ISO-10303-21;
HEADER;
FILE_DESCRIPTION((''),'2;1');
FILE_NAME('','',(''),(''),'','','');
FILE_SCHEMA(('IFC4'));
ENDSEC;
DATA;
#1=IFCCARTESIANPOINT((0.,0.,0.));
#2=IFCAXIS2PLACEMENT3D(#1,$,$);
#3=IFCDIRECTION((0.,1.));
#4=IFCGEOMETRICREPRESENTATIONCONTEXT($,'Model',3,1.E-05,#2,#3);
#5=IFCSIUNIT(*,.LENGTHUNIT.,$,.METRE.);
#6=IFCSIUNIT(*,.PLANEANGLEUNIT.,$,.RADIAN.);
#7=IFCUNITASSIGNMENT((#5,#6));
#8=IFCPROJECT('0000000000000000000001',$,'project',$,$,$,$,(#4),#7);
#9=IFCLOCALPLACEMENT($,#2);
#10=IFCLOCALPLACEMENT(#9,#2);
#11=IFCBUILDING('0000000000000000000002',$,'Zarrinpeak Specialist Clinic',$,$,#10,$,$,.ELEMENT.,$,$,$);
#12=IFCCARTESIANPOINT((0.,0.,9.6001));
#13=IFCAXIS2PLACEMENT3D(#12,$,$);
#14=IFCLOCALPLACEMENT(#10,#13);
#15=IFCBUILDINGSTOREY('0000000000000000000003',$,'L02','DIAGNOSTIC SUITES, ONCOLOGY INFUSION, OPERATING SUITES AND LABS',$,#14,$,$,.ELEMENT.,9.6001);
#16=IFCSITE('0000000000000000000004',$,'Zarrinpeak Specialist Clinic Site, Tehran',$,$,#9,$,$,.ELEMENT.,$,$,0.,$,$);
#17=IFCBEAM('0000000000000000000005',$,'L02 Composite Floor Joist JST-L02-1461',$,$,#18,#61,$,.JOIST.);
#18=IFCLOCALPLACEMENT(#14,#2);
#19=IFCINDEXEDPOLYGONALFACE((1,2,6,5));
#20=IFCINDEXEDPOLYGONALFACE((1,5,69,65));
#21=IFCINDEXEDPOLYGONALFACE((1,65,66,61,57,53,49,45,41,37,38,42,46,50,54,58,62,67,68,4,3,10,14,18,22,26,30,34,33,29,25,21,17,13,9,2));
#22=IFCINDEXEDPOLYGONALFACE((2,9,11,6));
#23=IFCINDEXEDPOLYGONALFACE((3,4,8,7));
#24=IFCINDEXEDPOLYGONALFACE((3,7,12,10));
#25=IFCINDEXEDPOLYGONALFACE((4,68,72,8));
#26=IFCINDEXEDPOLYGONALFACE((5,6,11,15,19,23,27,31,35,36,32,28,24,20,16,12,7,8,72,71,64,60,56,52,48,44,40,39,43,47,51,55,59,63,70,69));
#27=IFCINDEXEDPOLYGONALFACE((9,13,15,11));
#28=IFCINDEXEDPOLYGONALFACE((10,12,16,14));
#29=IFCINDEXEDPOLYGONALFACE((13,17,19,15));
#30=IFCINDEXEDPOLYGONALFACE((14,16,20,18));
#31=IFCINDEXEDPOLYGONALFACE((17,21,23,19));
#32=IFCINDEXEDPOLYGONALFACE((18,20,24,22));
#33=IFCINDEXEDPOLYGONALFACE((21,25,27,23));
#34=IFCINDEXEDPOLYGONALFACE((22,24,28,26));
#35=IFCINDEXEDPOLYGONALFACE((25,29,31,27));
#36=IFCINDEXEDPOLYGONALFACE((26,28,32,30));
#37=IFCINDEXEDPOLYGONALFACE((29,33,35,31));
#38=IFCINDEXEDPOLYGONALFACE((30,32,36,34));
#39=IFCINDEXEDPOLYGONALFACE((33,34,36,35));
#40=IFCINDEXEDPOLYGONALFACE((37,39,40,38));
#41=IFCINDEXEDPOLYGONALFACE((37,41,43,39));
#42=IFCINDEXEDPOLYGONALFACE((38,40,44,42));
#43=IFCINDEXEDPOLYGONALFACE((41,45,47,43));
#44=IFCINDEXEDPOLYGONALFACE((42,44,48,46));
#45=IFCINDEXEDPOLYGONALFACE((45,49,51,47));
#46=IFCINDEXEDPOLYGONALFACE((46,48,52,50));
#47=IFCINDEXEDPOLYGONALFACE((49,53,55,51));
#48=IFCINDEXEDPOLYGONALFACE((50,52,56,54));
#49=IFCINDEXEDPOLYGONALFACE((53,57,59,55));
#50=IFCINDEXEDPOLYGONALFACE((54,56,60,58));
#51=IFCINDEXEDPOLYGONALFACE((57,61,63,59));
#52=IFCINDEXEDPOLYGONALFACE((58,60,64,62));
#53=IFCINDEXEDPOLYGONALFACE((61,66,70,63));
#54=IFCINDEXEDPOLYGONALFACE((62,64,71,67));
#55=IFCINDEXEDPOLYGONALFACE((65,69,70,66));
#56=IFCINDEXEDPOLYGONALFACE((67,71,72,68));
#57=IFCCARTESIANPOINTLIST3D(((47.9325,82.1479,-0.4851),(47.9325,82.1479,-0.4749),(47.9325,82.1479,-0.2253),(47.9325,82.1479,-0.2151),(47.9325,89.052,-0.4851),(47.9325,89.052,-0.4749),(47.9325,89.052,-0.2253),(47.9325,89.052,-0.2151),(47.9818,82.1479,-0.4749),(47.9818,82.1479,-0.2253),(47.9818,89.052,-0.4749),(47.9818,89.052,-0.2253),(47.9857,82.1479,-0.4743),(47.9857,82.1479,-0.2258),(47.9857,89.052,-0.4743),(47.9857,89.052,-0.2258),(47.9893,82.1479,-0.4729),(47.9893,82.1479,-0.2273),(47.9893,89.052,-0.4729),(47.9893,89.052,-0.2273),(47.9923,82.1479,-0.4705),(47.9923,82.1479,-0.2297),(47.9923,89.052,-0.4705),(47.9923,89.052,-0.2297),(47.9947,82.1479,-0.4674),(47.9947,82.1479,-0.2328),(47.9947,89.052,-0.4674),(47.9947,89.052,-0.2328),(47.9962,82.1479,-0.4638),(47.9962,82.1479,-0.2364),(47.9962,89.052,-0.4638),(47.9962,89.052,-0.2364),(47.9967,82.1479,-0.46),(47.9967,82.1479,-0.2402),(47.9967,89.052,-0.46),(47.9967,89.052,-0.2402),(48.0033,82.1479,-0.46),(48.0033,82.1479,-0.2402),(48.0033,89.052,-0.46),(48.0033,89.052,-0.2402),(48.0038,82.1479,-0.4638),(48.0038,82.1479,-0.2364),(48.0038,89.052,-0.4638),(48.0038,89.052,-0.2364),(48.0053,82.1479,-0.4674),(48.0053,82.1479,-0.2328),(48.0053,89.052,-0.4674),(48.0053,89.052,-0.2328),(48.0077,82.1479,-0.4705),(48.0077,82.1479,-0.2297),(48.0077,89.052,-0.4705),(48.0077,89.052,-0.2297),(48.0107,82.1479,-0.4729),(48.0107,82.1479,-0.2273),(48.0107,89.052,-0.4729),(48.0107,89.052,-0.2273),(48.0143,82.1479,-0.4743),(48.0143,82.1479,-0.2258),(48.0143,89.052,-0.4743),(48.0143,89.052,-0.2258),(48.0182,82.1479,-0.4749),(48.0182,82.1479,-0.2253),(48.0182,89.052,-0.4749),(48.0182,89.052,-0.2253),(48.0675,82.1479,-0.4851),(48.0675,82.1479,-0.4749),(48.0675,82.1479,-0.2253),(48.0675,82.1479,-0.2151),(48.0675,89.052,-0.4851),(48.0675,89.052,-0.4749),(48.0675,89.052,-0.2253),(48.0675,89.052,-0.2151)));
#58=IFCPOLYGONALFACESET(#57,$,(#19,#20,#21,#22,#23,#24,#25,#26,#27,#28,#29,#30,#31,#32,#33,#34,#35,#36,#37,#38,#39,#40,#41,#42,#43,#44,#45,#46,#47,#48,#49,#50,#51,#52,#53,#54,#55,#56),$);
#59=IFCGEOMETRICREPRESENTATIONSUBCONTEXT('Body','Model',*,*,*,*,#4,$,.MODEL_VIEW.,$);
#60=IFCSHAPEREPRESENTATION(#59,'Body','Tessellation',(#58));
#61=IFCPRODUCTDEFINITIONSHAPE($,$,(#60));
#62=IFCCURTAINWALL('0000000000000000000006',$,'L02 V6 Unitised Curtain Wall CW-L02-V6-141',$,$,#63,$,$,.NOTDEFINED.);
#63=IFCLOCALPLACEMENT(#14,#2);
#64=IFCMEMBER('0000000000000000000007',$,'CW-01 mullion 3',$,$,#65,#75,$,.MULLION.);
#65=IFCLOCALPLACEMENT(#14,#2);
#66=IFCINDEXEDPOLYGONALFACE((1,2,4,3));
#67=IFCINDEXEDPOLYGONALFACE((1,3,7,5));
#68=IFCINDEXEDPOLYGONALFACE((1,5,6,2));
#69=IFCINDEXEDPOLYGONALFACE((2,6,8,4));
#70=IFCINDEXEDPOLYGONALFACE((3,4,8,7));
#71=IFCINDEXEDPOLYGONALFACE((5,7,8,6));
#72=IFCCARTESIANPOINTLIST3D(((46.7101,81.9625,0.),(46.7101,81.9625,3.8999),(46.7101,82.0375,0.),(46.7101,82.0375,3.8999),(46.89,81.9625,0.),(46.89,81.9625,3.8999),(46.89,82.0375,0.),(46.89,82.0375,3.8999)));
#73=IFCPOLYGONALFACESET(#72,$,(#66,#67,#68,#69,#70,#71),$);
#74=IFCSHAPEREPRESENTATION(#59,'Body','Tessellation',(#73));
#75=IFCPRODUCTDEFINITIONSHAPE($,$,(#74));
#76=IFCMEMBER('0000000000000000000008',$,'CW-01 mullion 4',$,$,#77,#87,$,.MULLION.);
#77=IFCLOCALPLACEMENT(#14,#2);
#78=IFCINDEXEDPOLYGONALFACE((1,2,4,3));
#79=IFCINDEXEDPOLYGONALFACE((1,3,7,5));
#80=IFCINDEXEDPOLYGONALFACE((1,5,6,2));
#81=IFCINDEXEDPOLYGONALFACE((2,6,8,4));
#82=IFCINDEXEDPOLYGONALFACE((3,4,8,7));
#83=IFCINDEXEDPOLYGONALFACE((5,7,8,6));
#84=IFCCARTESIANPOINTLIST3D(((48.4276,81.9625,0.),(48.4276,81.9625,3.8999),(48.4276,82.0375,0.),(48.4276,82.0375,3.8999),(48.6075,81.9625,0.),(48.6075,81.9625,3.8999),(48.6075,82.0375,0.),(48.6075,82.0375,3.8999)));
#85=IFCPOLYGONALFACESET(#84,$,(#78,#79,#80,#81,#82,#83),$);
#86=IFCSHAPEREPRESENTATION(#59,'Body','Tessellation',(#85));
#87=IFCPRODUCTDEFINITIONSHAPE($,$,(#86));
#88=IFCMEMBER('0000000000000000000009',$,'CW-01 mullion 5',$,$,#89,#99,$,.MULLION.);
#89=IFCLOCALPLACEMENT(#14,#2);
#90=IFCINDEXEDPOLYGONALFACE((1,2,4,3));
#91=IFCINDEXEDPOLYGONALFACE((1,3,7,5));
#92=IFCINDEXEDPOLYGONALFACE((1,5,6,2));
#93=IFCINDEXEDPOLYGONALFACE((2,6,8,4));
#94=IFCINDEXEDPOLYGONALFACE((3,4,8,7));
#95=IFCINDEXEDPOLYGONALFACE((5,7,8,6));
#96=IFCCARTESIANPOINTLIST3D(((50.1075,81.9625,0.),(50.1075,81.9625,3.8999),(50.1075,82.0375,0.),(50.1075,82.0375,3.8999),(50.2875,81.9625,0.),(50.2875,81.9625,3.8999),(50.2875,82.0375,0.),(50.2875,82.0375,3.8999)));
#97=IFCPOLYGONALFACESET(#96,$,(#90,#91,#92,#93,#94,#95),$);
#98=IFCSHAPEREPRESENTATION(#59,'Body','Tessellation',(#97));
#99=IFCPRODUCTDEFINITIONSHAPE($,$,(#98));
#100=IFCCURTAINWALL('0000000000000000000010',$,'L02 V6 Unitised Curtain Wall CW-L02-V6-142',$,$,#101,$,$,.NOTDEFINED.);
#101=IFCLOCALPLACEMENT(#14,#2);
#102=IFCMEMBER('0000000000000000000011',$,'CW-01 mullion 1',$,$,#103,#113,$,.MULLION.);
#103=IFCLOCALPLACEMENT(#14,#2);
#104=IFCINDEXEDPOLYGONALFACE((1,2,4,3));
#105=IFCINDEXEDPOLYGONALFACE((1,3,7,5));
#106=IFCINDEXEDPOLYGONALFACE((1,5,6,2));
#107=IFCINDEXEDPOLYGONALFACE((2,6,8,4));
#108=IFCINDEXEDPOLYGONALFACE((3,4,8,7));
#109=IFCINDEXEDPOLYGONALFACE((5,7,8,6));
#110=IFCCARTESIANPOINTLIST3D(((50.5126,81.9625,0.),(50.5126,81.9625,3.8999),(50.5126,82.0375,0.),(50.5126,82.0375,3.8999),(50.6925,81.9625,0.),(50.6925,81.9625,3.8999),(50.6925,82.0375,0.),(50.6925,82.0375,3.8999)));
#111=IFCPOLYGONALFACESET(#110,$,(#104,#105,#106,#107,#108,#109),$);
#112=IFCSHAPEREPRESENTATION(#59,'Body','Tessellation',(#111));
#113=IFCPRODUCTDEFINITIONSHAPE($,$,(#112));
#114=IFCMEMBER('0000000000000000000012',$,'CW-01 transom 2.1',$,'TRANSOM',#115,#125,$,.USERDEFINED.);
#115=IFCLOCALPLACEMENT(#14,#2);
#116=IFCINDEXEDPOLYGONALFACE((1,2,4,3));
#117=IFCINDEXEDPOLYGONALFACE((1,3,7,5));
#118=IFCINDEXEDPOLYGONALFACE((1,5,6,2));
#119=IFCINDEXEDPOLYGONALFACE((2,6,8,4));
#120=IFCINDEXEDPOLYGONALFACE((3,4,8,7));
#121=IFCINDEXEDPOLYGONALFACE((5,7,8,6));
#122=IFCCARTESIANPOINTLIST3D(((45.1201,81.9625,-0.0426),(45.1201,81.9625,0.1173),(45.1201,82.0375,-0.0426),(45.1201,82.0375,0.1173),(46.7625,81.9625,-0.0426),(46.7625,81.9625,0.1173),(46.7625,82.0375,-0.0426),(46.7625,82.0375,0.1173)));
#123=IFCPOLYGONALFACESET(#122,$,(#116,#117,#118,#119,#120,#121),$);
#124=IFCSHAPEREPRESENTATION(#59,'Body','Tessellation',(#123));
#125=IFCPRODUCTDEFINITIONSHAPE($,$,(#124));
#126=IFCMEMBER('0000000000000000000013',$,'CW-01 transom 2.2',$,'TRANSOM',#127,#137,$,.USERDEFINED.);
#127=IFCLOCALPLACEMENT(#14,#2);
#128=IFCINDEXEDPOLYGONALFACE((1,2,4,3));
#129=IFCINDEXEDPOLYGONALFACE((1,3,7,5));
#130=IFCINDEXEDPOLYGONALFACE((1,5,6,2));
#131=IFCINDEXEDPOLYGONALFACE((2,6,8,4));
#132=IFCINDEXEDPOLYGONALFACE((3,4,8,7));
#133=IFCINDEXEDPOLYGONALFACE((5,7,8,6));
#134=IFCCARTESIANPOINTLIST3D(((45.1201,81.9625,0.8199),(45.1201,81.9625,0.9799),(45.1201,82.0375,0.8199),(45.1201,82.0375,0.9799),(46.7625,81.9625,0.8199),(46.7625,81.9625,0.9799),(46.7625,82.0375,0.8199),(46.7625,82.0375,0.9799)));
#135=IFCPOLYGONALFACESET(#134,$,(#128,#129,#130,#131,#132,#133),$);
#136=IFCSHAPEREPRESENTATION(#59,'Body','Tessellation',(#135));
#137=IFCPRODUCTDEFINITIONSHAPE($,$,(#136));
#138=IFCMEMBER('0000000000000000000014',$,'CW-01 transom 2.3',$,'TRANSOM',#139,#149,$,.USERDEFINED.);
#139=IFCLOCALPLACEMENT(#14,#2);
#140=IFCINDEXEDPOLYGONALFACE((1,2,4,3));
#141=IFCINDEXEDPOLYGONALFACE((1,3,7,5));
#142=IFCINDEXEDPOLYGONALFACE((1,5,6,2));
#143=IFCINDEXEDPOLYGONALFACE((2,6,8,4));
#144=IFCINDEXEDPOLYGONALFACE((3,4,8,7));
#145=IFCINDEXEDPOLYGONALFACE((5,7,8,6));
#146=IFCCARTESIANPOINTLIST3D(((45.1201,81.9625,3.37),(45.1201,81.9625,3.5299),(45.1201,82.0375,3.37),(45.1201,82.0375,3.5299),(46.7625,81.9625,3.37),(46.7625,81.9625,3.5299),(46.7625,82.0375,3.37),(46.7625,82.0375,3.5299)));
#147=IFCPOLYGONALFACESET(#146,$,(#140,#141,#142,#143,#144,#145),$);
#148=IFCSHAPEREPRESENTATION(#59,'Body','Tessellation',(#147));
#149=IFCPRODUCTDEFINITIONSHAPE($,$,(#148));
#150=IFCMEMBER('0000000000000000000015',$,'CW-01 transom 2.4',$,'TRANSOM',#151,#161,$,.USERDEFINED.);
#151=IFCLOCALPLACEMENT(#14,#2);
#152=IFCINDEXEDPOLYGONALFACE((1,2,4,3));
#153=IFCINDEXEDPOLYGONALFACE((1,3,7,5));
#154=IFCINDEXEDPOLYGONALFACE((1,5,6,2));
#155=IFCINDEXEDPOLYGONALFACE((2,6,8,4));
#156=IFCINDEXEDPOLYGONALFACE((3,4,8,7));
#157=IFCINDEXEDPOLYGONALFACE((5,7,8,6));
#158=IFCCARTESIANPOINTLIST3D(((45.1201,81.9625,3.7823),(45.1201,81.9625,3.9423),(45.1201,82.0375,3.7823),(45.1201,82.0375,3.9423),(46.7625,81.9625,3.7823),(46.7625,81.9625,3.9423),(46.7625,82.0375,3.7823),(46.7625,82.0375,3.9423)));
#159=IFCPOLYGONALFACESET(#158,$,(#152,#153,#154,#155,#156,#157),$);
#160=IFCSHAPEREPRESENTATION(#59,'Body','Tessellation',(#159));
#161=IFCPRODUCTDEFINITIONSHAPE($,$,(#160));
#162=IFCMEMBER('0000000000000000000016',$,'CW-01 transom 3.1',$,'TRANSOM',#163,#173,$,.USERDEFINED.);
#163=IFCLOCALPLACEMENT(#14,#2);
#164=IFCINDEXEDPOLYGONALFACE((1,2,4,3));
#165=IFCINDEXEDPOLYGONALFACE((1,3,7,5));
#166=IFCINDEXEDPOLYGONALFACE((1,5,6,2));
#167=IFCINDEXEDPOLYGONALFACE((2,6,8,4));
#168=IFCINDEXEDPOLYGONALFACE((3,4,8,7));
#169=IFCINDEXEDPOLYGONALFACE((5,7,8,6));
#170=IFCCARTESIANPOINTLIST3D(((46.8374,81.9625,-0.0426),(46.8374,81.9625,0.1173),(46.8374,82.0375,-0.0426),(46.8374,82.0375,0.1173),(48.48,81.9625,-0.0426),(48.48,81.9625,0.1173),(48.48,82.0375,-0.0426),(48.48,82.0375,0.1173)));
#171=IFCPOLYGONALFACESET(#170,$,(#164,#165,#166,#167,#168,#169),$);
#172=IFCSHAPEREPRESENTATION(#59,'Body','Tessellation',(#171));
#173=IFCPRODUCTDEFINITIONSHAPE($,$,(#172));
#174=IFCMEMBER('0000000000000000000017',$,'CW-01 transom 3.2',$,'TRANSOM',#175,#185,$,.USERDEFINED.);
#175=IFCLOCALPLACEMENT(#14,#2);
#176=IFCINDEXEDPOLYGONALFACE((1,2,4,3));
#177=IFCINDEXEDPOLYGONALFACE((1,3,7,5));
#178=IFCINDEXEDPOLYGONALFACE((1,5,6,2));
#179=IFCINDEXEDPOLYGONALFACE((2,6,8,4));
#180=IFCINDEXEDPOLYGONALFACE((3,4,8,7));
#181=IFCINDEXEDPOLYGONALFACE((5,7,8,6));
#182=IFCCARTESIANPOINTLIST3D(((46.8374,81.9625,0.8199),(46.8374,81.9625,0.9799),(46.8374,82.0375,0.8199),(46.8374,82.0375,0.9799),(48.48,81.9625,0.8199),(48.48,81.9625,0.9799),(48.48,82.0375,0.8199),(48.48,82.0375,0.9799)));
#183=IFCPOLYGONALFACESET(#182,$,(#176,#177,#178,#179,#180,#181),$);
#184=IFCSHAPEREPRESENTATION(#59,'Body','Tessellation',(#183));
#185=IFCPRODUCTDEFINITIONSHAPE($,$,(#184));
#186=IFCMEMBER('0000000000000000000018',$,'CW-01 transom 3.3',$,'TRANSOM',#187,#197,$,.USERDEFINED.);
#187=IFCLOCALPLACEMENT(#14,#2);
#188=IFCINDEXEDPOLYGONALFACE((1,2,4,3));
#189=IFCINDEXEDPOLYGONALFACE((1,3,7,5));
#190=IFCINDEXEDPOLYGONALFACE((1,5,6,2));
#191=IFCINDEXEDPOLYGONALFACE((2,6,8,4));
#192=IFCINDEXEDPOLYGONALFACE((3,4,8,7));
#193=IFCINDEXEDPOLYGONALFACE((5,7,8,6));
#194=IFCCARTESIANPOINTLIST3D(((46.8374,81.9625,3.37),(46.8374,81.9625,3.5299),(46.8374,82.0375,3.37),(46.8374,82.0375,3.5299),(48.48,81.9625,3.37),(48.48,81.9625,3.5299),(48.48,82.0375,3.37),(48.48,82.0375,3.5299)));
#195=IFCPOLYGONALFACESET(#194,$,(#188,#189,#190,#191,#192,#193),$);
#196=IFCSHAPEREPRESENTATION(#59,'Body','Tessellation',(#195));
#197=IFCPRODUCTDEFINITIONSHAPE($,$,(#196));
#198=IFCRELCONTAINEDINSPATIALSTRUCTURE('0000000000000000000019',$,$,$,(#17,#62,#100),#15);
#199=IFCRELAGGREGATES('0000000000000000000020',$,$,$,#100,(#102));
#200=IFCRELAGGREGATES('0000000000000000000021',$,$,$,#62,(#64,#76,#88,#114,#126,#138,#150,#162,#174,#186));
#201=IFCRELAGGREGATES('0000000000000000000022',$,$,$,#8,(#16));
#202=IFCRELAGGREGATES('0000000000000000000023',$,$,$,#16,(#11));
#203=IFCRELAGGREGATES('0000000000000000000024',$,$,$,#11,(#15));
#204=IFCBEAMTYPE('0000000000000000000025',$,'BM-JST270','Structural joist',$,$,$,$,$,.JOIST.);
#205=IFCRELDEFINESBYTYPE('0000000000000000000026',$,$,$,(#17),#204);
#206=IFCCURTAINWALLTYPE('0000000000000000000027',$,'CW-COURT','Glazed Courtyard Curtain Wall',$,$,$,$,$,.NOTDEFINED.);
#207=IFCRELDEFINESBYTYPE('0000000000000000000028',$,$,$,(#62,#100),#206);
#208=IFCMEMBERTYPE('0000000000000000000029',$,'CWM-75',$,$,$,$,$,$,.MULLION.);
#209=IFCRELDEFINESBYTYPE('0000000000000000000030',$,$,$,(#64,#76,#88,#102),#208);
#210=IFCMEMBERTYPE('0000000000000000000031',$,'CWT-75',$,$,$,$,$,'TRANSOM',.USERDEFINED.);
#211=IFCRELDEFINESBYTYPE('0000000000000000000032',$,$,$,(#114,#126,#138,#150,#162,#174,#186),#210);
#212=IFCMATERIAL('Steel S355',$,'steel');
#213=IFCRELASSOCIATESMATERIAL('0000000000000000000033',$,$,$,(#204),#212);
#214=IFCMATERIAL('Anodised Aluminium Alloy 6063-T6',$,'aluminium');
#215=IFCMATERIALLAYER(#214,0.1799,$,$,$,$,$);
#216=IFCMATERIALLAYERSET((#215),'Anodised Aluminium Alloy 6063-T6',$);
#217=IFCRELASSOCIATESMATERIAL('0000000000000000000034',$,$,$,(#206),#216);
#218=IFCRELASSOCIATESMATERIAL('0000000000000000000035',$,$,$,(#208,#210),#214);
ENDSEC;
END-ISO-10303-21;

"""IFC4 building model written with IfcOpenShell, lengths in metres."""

from ifc_helpers import new_model, si_unit, direction, frame, origin, origin_2d, place, context, subcontext, project, spatial, rectangle, i_section, extrude, material, layer, layer_set, material_profile, profile_set, type_object, element, aggregate, save


model = new_model("IFC4")

# Units and contexts
model_context = context("Model", 3, precision=1e-05, world=origin(), true_north=direction((0.0, 1.0)))
body_context = subcontext(model_context, "Body", "Model", "MODEL_VIEW")
ifc_project = project(units=[si_unit("LENGTHUNIT", "METRE"), si_unit("PLANEANGLEUNIT", "RADIAN")], contexts=[model_context])

# Site, building, storey
site_placement = place(None, origin())
site = spatial("IfcSite", under=ifc_project, at=site_placement, Name="Zarrinpeak Specialist Clinic Site, Tehran", CompositionType="ELEMENT", RefElevation=0.0)
building_placement = place(site_placement, origin())
building = spatial("IfcBuilding", under=site, at=building_placement, Name="Zarrinpeak Specialist Clinic", CompositionType="ELEMENT")
storey_placement = place(building_placement, frame((0.0, 0.0, 9.6001)))
storey = spatial("IfcBuildingStorey", under=building, at=storey_placement, Name="L02", Description="DIAGNOSTIC SUITES, ONCOLOGY INFUSION, OPERATING SUITES AND LABS", CompositionType="ELEMENT", Elevation=9.6001)

# Shared definitions
ifc_material_1 = material(Name="Steel S355", Category="steel")

# Beam
ifc_material_profile_1 = material_profile(ifc_material_1, i_section(OverallWidth=0.135, OverallDepth=0.27, WebThickness=0.0066, FlangeThickness=0.0103, FilletRadius=0.0149, at=origin_2d()), Name="IPE 270")
ifc_profile_set_1 = profile_set([ifc_material_profile_1], Name="Steel S355")
beam_type_1 = type_object("IfcBeamType", Name="BM-JST270", Description="Structural joist", PredefinedType="JOIST", material=ifc_profile_set_1)
for number, where, z_axis, x_axis, name in (
    (1, (48.0, 82.1479, -0.3501), (0.0, 1.0, 0.0), (-1.0, 0.0, 0.0), "L02 Composite Floor Joist JST-L02-1461"),
):
    element("IfcBeam", number, at=place(storey_placement, frame(where, z_axis=z_axis, x_axis=x_axis)), inside=storey, type_object=beam_type_1, Name=name, PredefinedType="JOIST", context=body_context, shape_type="SweptSolid", body=[
        extrude(i_section(OverallWidth=0.135, OverallDepth=0.27, WebThickness=0.0066, FlangeThickness=0.0103, FilletRadius=0.0149, at=origin_2d()), origin(), (0.0, 0.0, 1.0), 6.9041),
    ])

# Curtain wall, members
ifc_material_2 = material(Name="Anodised Aluminium Alloy 6063-T6", Category="aluminium")
ifc_layer_1 = layer(ifc_material_2, 0.1799)
ifc_layer_set_1 = layer_set([ifc_layer_1], Name="Anodised Aluminium Alloy 6063-T6")
curtain_wall_type = type_object("IfcCurtainWallType", Name="CW-COURT", Description="Glazed Courtyard Curtain Wall", PredefinedType="NOTDEFINED", material=ifc_layer_set_1)
curtain_wall_1_placement = place(storey_placement, origin())
curtain_wall_1 = element("IfcCurtainWall", 2, at=curtain_wall_1_placement, inside=storey, type_object=curtain_wall_type, Name="L02 V6 Unitised Curtain Wall CW-L02-V6-141", PredefinedType="NOTDEFINED")
ifc_material_profile_2 = material_profile(ifc_material_2, rectangle(XDim=0.075, YDim=0.1799, at=origin_2d()), Name="ALU 75x180")
ifc_profile_set_2 = profile_set([ifc_material_profile_2], Name="Anodised Aluminium Alloy 6063-T6")
member_type_1 = type_object("IfcMemberType", Name="CWM-75", PredefinedType="MULLION", material=ifc_profile_set_2)
member_1_placement = place(storey_placement, frame((46.8, 82.0, 0.0), z_axis=(0.0, 0.0, 1.0), x_axis=(0.0, 1.0, 0.0)))
member_1 = element("IfcMember", 3, at=member_1_placement, type_object=member_type_1, Name="CW-01 mullion 3", PredefinedType="MULLION", context=body_context, shape_type="SweptSolid", body=[
    extrude(rectangle(XDim=0.075, YDim=0.1799, at=origin_2d()), origin(), (0.0, 0.0, 1.0), 3.8999),
])
member_2_placement = place(storey_placement, frame((48.5176, 82.0, 0.0), z_axis=(0.0, 0.0, 1.0), x_axis=(0.0, 1.0, 0.0)))
member_2 = element("IfcMember", 4, at=member_2_placement, type_object=member_type_1, Name="CW-01 mullion 4", PredefinedType="MULLION", context=body_context, shape_type="SweptSolid", body=[
    extrude(rectangle(XDim=0.075, YDim=0.1799, at=origin_2d()), origin(), (0.0, 0.0, 1.0), 3.8999),
])
member_3_placement = place(storey_placement, frame((50.1975, 82.0, 0.0), z_axis=(0.0, 0.0, 1.0), x_axis=(0.0, 1.0, 0.0)))
member_3 = element("IfcMember", 5, at=member_3_placement, type_object=member_type_1, Name="CW-01 mullion 5", PredefinedType="MULLION", context=body_context, shape_type="SweptSolid", body=[
    extrude(rectangle(XDim=0.075, YDim=0.1799, at=origin_2d()), origin(), (0.0, 0.0, 1.0), 3.8999),
])

# Curtain wall, member
curtain_wall_2_placement = place(storey_placement, origin())
curtain_wall_2 = element("IfcCurtainWall", 6, at=curtain_wall_2_placement, inside=storey, type_object=curtain_wall_type, Name="L02 V6 Unitised Curtain Wall CW-L02-V6-142", PredefinedType="NOTDEFINED")
member_4_placement = place(storey_placement, frame((50.6025, 82.0, 0.0), z_axis=(0.0, 0.0, 1.0), x_axis=(0.0, 1.0, 0.0)))
member_4 = element("IfcMember", 7, at=member_4_placement, type_object=member_type_1, Name="CW-01 mullion 1", PredefinedType="MULLION", context=body_context, shape_type="SweptSolid", body=[
    extrude(rectangle(XDim=0.075, YDim=0.1799, at=origin_2d()), origin(), (0.0, 0.0, 1.0), 3.8999),
])

# Members
ifc_material_profile_3 = material_profile(ifc_material_2, rectangle(XDim=0.075, YDim=0.1599, at=origin_2d()), Name="ALU 75x160")
ifc_profile_set_3 = profile_set([ifc_material_profile_3], Name="Anodised Aluminium Alloy 6063-T6")
member_type_2 = type_object("IfcMemberType", Name="CWT-75", ElementType="TRANSOM", PredefinedType="USERDEFINED", material=ifc_profile_set_3)
member_5_placement = place(storey_placement, frame((45.1201, 82.0, 0.0374), z_axis=(1.0, 0.0, 0.0), x_axis=(0.0, 1.0, 0.0)))
member_5 = element("IfcMember", 8, at=member_5_placement, type_object=member_type_2, Name="CW-01 transom 2.1", ObjectType="TRANSOM", PredefinedType="USERDEFINED", context=body_context, shape_type="SweptSolid", body=[
    extrude(rectangle(XDim=0.075, YDim=0.1599, at=origin_2d()), origin(), (0.0, 0.0, 1.0), 1.6423),
])
member_6_placement = place(storey_placement, frame((45.1201, 82.0, 0.8999), z_axis=(1.0, 0.0, 0.0), x_axis=(0.0, 1.0, 0.0)))
member_6 = element("IfcMember", 9, at=member_6_placement, type_object=member_type_2, Name="CW-01 transom 2.2", ObjectType="TRANSOM", PredefinedType="USERDEFINED", context=body_context, shape_type="SweptSolid", body=[
    extrude(rectangle(XDim=0.075, YDim=0.1599, at=origin_2d()), origin(), (0.0, 0.0, 1.0), 1.6423),
])
member_7_placement = place(storey_placement, frame((45.1201, 82.0, 3.45), z_axis=(1.0, 0.0, 0.0), x_axis=(0.0, 1.0, 0.0)))
member_7 = element("IfcMember", 10, at=member_7_placement, type_object=member_type_2, Name="CW-01 transom 2.3", ObjectType="TRANSOM", PredefinedType="USERDEFINED", context=body_context, shape_type="SweptSolid", body=[
    extrude(rectangle(XDim=0.075, YDim=0.1599, at=origin_2d()), origin(), (0.0, 0.0, 1.0), 1.6423),
])
member_8_placement = place(storey_placement, frame((45.1201, 82.0, 3.8623), z_axis=(1.0, 0.0, 0.0), x_axis=(0.0, 1.0, 0.0)))
member_8 = element("IfcMember", 11, at=member_8_placement, type_object=member_type_2, Name="CW-01 transom 2.4", ObjectType="TRANSOM", PredefinedType="USERDEFINED", context=body_context, shape_type="SweptSolid", body=[
    extrude(rectangle(XDim=0.075, YDim=0.1599, at=origin_2d()), origin(), (0.0, 0.0, 1.0), 1.6423),
])
member_9_placement = place(storey_placement, frame((46.8374, 82.0, 0.0374), z_axis=(1.0, 0.0, 0.0), x_axis=(0.0, 1.0, 0.0)))
member_9 = element("IfcMember", 12, at=member_9_placement, type_object=member_type_2, Name="CW-01 transom 3.1", ObjectType="TRANSOM", PredefinedType="USERDEFINED", context=body_context, shape_type="SweptSolid", body=[
    extrude(rectangle(XDim=0.075, YDim=0.1599, at=origin_2d()), origin(), (0.0, 0.0, 1.0), 1.6426),
])
member_10_placement = place(storey_placement, frame((46.8374, 82.0, 0.8999), z_axis=(1.0, 0.0, 0.0), x_axis=(0.0, 1.0, 0.0)))
member_10 = element("IfcMember", 13, at=member_10_placement, type_object=member_type_2, Name="CW-01 transom 3.2", ObjectType="TRANSOM", PredefinedType="USERDEFINED", context=body_context, shape_type="SweptSolid", body=[
    extrude(rectangle(XDim=0.075, YDim=0.1599, at=origin_2d()), origin(), (0.0, 0.0, 1.0), 1.6426),
])
member_11_placement = place(storey_placement, frame((46.8374, 82.0, 3.45), z_axis=(1.0, 0.0, 0.0), x_axis=(0.0, 1.0, 0.0)))
member_11 = element("IfcMember", 14, at=member_11_placement, type_object=member_type_2, Name="CW-01 transom 3.3", ObjectType="TRANSOM", PredefinedType="USERDEFINED", context=body_context, shape_type="SweptSolid", body=[
    extrude(rectangle(XDim=0.075, YDim=0.1599, at=origin_2d()), origin(), (0.0, 0.0, 1.0), 1.6426),
])
aggregate(curtain_wall_2, [member_4])

aggregate(curtain_wall_1, [member_1, member_2, member_3, member_5, member_6, member_7, member_8, member_9, member_10, member_11])

save(model, "model.ifc")
